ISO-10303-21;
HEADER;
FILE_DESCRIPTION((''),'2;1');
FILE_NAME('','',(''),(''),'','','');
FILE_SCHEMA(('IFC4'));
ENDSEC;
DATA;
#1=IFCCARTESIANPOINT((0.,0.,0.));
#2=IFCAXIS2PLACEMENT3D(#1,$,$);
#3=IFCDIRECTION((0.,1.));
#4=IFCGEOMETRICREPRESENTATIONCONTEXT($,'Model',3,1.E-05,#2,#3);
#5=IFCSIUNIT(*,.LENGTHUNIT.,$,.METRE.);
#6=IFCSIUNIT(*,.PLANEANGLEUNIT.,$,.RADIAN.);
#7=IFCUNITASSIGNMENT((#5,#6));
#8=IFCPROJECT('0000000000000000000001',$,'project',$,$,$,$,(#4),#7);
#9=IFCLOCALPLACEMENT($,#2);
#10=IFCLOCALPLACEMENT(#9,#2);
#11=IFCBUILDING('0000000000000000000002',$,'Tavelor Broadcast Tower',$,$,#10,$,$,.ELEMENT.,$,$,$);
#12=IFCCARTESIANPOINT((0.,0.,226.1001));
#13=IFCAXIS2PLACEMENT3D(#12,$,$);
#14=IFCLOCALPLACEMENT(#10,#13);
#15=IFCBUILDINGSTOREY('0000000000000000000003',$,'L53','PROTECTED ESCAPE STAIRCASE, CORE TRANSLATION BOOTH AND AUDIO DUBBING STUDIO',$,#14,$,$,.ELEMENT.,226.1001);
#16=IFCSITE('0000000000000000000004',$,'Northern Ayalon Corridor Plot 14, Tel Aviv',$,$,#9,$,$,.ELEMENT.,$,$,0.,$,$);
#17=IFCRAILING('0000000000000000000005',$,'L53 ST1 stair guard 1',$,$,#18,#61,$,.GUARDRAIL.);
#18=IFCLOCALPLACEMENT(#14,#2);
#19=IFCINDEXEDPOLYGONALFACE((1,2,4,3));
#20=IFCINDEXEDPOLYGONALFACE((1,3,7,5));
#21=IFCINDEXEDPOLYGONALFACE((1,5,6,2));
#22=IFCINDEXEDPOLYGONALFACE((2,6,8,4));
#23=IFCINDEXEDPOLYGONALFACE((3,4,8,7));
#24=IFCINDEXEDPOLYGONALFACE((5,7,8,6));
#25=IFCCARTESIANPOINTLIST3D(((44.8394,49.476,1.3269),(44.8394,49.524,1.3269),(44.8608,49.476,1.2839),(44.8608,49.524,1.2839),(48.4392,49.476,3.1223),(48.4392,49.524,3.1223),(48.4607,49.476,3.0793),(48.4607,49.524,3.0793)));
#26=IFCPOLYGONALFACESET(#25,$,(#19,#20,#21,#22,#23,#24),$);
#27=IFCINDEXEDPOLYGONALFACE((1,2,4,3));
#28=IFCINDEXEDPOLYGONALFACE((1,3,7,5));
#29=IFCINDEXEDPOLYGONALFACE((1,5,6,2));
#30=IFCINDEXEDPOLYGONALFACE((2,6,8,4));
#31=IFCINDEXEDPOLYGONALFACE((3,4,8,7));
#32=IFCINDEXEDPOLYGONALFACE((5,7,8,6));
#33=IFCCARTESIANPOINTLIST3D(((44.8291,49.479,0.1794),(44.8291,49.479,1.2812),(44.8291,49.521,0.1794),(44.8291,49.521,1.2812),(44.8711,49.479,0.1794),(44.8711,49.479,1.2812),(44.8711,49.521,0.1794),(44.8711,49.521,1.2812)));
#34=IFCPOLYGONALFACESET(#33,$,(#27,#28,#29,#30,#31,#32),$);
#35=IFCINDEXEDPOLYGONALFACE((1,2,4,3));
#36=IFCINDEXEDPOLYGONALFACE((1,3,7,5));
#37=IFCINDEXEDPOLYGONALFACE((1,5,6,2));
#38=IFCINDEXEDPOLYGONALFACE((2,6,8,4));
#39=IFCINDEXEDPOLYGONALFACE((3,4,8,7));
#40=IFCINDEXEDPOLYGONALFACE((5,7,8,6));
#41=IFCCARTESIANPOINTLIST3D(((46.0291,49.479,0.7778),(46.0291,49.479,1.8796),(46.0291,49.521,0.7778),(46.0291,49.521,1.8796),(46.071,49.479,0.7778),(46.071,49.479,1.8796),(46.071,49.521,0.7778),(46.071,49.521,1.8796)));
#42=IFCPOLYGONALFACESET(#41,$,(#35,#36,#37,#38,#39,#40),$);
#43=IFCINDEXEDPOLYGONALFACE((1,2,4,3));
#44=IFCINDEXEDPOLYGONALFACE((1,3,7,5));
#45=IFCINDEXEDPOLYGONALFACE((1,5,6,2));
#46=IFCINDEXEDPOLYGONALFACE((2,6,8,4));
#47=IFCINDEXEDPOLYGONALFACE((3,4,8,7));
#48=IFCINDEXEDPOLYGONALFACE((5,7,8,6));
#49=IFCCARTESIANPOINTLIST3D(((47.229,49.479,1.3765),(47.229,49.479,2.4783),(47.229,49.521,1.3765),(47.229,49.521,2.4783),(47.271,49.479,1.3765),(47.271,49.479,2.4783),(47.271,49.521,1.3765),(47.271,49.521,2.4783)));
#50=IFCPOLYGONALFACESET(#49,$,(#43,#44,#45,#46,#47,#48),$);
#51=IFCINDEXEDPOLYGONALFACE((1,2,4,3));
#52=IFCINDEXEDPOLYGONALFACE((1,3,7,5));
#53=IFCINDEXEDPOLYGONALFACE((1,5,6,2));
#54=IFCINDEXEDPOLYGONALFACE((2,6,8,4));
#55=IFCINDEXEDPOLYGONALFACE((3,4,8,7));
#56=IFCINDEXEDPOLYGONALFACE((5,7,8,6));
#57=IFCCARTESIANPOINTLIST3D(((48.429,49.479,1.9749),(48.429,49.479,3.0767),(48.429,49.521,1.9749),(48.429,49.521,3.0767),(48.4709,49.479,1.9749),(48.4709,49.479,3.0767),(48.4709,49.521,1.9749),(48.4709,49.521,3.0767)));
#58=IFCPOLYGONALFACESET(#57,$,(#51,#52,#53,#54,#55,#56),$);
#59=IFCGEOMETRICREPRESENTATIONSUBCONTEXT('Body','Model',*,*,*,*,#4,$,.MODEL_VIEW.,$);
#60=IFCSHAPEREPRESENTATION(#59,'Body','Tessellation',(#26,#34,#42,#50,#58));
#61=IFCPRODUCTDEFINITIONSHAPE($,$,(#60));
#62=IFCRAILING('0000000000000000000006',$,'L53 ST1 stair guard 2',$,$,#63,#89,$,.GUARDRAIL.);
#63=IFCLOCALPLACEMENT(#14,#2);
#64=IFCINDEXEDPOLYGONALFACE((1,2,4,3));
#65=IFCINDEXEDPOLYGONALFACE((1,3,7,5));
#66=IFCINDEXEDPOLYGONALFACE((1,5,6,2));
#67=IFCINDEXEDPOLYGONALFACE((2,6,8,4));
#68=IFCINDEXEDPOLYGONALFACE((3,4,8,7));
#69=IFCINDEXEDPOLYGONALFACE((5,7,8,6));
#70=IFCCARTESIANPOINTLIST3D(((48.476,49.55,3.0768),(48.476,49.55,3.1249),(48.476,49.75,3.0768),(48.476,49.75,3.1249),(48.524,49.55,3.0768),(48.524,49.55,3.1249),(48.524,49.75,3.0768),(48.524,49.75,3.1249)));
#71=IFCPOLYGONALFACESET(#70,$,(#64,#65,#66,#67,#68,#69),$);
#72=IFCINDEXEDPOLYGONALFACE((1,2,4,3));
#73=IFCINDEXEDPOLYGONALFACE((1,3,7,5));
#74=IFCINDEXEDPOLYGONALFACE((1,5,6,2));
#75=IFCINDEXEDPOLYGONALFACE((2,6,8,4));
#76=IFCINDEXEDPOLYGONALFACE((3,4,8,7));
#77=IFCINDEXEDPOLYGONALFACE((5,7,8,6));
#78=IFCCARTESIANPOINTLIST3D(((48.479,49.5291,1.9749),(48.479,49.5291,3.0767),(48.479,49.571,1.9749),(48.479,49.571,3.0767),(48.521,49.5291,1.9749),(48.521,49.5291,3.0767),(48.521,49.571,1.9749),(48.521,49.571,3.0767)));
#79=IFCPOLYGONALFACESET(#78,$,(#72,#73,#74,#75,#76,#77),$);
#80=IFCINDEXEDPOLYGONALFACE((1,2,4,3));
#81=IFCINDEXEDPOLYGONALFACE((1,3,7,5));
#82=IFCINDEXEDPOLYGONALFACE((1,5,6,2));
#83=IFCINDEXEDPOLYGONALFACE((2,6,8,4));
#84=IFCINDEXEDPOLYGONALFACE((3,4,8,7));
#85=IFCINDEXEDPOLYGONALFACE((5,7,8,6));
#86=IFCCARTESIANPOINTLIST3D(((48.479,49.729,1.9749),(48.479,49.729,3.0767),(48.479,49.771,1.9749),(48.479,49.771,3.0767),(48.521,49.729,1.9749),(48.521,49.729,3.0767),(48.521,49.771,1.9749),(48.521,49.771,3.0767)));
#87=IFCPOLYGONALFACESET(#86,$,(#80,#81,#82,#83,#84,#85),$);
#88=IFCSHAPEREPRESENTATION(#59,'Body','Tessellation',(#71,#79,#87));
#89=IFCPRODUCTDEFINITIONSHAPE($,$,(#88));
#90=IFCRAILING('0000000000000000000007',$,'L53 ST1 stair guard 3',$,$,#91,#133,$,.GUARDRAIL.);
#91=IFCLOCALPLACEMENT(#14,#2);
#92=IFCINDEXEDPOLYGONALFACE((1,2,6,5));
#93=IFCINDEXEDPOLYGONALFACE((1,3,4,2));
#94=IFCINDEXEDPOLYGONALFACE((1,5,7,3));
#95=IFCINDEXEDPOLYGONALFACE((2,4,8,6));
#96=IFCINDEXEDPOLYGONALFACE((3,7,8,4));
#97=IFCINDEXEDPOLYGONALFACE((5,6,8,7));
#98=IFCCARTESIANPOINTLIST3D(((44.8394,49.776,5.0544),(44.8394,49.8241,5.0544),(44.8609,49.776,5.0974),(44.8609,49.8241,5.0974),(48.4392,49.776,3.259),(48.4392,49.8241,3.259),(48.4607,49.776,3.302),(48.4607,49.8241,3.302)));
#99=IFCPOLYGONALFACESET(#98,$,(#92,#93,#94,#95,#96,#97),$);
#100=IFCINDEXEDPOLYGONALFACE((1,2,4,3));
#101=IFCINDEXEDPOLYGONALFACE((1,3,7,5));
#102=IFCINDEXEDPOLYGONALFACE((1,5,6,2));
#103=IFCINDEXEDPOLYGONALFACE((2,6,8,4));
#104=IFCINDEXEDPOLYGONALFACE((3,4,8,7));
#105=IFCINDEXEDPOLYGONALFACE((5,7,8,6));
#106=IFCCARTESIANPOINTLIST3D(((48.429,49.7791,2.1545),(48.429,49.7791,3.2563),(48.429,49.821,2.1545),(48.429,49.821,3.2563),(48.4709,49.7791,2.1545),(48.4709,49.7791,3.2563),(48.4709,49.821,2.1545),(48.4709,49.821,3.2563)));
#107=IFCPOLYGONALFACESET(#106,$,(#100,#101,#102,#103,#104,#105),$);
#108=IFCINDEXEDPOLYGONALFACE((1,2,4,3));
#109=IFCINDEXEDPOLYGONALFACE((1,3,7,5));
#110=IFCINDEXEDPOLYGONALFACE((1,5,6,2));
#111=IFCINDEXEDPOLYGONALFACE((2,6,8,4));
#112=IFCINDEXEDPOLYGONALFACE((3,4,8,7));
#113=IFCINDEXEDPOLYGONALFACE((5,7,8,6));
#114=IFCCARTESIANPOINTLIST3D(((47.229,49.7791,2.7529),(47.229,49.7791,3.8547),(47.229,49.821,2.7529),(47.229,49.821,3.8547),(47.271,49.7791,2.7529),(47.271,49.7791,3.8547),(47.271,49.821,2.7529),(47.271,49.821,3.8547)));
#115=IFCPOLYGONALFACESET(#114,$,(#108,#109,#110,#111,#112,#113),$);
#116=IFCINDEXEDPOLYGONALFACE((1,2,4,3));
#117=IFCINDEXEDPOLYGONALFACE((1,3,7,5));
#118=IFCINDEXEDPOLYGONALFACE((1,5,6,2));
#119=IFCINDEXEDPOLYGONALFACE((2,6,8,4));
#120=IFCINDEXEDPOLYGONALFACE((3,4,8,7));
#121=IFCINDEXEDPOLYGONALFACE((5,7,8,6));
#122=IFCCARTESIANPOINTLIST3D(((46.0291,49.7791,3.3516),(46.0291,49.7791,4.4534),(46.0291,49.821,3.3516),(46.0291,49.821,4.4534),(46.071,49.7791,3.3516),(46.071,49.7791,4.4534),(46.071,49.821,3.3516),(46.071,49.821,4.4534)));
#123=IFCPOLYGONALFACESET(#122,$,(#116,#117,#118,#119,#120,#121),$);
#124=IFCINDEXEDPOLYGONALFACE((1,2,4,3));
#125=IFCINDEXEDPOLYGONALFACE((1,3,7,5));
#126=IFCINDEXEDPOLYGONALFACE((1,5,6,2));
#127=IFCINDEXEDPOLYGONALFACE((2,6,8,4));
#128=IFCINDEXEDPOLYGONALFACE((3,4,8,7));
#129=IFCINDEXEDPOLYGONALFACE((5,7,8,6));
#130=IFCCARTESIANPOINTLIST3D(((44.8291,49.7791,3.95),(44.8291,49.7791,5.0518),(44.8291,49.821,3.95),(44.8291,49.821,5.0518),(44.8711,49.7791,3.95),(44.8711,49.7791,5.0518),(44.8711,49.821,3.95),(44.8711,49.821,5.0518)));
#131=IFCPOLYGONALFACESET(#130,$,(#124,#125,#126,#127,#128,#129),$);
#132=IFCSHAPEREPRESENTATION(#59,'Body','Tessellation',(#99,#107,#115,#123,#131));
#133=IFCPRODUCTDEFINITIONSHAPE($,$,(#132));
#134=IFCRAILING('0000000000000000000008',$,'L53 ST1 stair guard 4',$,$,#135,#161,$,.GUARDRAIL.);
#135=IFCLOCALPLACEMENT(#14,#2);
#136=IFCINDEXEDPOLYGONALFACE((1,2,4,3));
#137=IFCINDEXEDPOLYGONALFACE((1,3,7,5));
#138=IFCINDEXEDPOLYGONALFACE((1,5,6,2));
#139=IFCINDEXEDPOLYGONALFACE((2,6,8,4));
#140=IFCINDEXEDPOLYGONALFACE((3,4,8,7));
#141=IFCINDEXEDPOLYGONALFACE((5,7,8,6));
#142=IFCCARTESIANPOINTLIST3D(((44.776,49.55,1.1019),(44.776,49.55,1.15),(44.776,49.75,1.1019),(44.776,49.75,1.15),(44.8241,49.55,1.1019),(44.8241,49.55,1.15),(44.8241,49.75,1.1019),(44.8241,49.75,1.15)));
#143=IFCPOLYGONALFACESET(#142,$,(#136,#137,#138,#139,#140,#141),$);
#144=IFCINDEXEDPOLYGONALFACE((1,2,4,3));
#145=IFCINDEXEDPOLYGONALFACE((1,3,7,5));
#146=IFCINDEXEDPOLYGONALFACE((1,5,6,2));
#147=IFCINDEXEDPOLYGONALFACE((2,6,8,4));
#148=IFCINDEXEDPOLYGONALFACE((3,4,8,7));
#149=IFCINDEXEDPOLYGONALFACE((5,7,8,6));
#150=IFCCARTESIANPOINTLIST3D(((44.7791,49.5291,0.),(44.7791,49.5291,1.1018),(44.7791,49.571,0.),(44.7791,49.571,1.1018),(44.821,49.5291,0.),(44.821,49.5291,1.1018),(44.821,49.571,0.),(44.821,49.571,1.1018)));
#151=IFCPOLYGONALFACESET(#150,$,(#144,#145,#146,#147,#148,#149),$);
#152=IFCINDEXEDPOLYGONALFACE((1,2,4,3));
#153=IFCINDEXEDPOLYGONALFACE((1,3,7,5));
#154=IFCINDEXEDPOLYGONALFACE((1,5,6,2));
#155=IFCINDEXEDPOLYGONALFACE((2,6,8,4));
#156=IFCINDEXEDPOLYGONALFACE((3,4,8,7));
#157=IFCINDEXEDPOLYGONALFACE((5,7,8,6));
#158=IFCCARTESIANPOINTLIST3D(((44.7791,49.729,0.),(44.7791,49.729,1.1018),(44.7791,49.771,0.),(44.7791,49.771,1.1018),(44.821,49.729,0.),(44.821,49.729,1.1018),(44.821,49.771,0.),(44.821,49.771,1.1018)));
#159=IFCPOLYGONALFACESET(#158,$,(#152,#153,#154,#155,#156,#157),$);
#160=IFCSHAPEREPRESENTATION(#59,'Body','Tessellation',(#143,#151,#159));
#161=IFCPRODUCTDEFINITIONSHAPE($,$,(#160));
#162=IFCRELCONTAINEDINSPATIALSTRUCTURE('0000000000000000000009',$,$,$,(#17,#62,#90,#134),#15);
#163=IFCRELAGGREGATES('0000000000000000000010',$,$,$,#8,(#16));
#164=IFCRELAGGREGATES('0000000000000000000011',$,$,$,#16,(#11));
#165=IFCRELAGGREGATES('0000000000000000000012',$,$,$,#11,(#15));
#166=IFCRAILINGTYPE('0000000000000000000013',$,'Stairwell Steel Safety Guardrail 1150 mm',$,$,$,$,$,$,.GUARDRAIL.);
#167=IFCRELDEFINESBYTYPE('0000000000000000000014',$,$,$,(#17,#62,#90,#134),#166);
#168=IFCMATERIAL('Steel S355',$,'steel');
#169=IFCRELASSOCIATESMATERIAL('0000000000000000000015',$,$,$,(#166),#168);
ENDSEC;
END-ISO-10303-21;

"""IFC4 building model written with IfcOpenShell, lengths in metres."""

from ifc_helpers import new_model, si_unit, direction, frame, origin, origin_2d, place, context, subcontext, project, spatial, rectangle, extrude, material, type_object, element, save


model = new_model("IFC4")

# Units and contexts
model_context = context("Model", 3, precision=1e-05, world=origin(), true_north=direction((0.0, 1.0)))
body_context = subcontext(model_context, "Body", "Model", "MODEL_VIEW")
ifc_project = project(units=[si_unit("LENGTHUNIT", "METRE"), si_unit("PLANEANGLEUNIT", "RADIAN")], contexts=[model_context])

# Site, building, storey
site_placement = place(None, origin())
site = spatial("IfcSite", under=ifc_project, at=site_placement, Name="Northern Ayalon Corridor Plot 14, Tel Aviv", CompositionType="ELEMENT", RefElevation=0.0)
building_placement = place(site_placement, origin())
building = spatial("IfcBuilding", under=site, at=building_placement, Name="Tavelor Broadcast Tower", CompositionType="ELEMENT")
storey_placement = place(building_placement, frame((0.0, 0.0, 226.1001)))
storey = spatial("IfcBuildingStorey", under=building, at=storey_placement, Name="L53", Description="PROTECTED ESCAPE STAIRCASE, CORE TRANSLATION BOOTH AND AUDIO DUBBING STUDIO", CompositionType="ELEMENT", Elevation=226.1001)

# Shared definitions
ifc_material_1 = material(Name="Steel S355", Category="steel")

# Railings
railing_type_1 = type_object("IfcRailingType", Name="Stairwell Steel Safety Guardrail 1150 mm", PredefinedType="GUARDRAIL", material=ifc_material_1)
railing_1_placement = place(storey_placement, frame((44.8501, 49.5, 0.1794)))
element("IfcRailing", 1, at=railing_1_placement, inside=storey, type_object=railing_type_1, Name="L53 ST1 stair guard 1", PredefinedType="GUARDRAIL", context=body_context, shape_type="SweptSolid", body=[
    extrude(rectangle(XDim=0.0481, YDim=0.0481, at=origin_2d()), frame((0.0, 0.0, 1.126), z_axis=(0.894876, 0.0, 0.446315), x_axis=(0.0, 1.0, 0.0)), (0.0, 0.0, 1.0), 4.0227),
    extrude(rectangle(XDim=0.042, YDim=0.042, at=origin_2d()), origin(), (0.0, 0.0, 1.0), 1.1018),
    extrude(rectangle(XDim=0.042, YDim=0.042, at=origin_2d()), frame((1.2, 0.0, 0.5984)), (0.0, 0.0, 1.0), 1.1018),
    extrude(rectangle(XDim=0.042, YDim=0.042, at=origin_2d()), frame((2.3999, 0.0, 1.197)), (0.0, 0.0, 1.0), 1.1018),
    extrude(rectangle(XDim=0.042, YDim=0.042, at=origin_2d()), frame((3.5999, 0.0, 1.7954)), (0.0, 0.0, 1.0), 1.1018),
])
railing_2_placement = place(storey_placement, frame((48.5, 49.55, 1.9749)))
element("IfcRailing", 2, at=railing_2_placement, inside=storey, type_object=railing_type_1, Name="L53 ST1 stair guard 2", PredefinedType="GUARDRAIL", context=body_context, shape_type="SweptSolid", body=[
    extrude(rectangle(XDim=0.0481, YDim=0.0481, at=origin_2d()), frame((0.0, 0.0, 1.126), z_axis=(0.0, 1.0, 0.0), x_axis=(-1.0, 0.0, 0.0)), (0.0, 0.0, 1.0), 0.2),
    extrude(rectangle(XDim=0.042, YDim=0.042, at=origin_2d()), origin(), (0.0, 0.0, 1.0), 1.1018),
    extrude(rectangle(XDim=0.042, YDim=0.042, at=origin_2d()), frame((0.0, 0.2, 0.0)), (0.0, 0.0, 1.0), 1.1018),
])
railing_3_placement = place(storey_placement, frame((48.45, 49.8, 2.1545)))
element("IfcRailing", 3, at=railing_3_placement, inside=storey, type_object=railing_type_1, Name="L53 ST1 stair guard 3", PredefinedType="GUARDRAIL", context=body_context, shape_type="SweptSolid", body=[
    extrude(rectangle(XDim=0.0481, YDim=0.0481, at=origin_2d()), frame((0.0, 0.0, 1.126), z_axis=(-0.894876, 0.0, 0.446315), x_axis=(0.0, -1.0, 0.0)), (0.0, 0.0, 1.0), 4.0227),
    extrude(rectangle(XDim=0.042, YDim=0.042, at=origin_2d()), origin(), (0.0, 0.0, 1.0), 1.1018),
    extrude(rectangle(XDim=0.042, YDim=0.042, at=origin_2d()), frame((-1.2, 0.0, 0.5984)), (0.0, 0.0, 1.0), 1.1018),
    extrude(rectangle(XDim=0.042, YDim=0.042, at=origin_2d()), frame((-2.3999, 0.0, 1.197)), (0.0, 0.0, 1.0), 1.1018),
    extrude(rectangle(XDim=0.042, YDim=0.042, at=origin_2d()), frame((-3.5999, 0.0, 1.7954)), (0.0, 0.0, 1.0), 1.1018),
])
railing_4_placement = place(storey_placement, frame((44.8, 49.55, 0.0)))
element("IfcRailing", 4, at=railing_4_placement, inside=storey, type_object=railing_type_1, Name="L53 ST1 stair guard 4", PredefinedType="GUARDRAIL", context=body_context, shape_type="SweptSolid", body=[
    extrude(rectangle(XDim=0.0481, YDim=0.0481, at=origin_2d()), frame((0.0, 0.0, 1.126), z_axis=(0.0, 1.0, 0.0), x_axis=(-1.0, 0.0, 0.0)), (0.0, 0.0, 1.0), 0.2),
    extrude(rectangle(XDim=0.042, YDim=0.042, at=origin_2d()), origin(), (0.0, 0.0, 1.0), 1.1018),
    extrude(rectangle(XDim=0.042, YDim=0.042, at=origin_2d()), frame((0.0, 0.2, 0.0)), (0.0, 0.0, 1.0), 1.1018),
])

save(model, "model.ifc")
